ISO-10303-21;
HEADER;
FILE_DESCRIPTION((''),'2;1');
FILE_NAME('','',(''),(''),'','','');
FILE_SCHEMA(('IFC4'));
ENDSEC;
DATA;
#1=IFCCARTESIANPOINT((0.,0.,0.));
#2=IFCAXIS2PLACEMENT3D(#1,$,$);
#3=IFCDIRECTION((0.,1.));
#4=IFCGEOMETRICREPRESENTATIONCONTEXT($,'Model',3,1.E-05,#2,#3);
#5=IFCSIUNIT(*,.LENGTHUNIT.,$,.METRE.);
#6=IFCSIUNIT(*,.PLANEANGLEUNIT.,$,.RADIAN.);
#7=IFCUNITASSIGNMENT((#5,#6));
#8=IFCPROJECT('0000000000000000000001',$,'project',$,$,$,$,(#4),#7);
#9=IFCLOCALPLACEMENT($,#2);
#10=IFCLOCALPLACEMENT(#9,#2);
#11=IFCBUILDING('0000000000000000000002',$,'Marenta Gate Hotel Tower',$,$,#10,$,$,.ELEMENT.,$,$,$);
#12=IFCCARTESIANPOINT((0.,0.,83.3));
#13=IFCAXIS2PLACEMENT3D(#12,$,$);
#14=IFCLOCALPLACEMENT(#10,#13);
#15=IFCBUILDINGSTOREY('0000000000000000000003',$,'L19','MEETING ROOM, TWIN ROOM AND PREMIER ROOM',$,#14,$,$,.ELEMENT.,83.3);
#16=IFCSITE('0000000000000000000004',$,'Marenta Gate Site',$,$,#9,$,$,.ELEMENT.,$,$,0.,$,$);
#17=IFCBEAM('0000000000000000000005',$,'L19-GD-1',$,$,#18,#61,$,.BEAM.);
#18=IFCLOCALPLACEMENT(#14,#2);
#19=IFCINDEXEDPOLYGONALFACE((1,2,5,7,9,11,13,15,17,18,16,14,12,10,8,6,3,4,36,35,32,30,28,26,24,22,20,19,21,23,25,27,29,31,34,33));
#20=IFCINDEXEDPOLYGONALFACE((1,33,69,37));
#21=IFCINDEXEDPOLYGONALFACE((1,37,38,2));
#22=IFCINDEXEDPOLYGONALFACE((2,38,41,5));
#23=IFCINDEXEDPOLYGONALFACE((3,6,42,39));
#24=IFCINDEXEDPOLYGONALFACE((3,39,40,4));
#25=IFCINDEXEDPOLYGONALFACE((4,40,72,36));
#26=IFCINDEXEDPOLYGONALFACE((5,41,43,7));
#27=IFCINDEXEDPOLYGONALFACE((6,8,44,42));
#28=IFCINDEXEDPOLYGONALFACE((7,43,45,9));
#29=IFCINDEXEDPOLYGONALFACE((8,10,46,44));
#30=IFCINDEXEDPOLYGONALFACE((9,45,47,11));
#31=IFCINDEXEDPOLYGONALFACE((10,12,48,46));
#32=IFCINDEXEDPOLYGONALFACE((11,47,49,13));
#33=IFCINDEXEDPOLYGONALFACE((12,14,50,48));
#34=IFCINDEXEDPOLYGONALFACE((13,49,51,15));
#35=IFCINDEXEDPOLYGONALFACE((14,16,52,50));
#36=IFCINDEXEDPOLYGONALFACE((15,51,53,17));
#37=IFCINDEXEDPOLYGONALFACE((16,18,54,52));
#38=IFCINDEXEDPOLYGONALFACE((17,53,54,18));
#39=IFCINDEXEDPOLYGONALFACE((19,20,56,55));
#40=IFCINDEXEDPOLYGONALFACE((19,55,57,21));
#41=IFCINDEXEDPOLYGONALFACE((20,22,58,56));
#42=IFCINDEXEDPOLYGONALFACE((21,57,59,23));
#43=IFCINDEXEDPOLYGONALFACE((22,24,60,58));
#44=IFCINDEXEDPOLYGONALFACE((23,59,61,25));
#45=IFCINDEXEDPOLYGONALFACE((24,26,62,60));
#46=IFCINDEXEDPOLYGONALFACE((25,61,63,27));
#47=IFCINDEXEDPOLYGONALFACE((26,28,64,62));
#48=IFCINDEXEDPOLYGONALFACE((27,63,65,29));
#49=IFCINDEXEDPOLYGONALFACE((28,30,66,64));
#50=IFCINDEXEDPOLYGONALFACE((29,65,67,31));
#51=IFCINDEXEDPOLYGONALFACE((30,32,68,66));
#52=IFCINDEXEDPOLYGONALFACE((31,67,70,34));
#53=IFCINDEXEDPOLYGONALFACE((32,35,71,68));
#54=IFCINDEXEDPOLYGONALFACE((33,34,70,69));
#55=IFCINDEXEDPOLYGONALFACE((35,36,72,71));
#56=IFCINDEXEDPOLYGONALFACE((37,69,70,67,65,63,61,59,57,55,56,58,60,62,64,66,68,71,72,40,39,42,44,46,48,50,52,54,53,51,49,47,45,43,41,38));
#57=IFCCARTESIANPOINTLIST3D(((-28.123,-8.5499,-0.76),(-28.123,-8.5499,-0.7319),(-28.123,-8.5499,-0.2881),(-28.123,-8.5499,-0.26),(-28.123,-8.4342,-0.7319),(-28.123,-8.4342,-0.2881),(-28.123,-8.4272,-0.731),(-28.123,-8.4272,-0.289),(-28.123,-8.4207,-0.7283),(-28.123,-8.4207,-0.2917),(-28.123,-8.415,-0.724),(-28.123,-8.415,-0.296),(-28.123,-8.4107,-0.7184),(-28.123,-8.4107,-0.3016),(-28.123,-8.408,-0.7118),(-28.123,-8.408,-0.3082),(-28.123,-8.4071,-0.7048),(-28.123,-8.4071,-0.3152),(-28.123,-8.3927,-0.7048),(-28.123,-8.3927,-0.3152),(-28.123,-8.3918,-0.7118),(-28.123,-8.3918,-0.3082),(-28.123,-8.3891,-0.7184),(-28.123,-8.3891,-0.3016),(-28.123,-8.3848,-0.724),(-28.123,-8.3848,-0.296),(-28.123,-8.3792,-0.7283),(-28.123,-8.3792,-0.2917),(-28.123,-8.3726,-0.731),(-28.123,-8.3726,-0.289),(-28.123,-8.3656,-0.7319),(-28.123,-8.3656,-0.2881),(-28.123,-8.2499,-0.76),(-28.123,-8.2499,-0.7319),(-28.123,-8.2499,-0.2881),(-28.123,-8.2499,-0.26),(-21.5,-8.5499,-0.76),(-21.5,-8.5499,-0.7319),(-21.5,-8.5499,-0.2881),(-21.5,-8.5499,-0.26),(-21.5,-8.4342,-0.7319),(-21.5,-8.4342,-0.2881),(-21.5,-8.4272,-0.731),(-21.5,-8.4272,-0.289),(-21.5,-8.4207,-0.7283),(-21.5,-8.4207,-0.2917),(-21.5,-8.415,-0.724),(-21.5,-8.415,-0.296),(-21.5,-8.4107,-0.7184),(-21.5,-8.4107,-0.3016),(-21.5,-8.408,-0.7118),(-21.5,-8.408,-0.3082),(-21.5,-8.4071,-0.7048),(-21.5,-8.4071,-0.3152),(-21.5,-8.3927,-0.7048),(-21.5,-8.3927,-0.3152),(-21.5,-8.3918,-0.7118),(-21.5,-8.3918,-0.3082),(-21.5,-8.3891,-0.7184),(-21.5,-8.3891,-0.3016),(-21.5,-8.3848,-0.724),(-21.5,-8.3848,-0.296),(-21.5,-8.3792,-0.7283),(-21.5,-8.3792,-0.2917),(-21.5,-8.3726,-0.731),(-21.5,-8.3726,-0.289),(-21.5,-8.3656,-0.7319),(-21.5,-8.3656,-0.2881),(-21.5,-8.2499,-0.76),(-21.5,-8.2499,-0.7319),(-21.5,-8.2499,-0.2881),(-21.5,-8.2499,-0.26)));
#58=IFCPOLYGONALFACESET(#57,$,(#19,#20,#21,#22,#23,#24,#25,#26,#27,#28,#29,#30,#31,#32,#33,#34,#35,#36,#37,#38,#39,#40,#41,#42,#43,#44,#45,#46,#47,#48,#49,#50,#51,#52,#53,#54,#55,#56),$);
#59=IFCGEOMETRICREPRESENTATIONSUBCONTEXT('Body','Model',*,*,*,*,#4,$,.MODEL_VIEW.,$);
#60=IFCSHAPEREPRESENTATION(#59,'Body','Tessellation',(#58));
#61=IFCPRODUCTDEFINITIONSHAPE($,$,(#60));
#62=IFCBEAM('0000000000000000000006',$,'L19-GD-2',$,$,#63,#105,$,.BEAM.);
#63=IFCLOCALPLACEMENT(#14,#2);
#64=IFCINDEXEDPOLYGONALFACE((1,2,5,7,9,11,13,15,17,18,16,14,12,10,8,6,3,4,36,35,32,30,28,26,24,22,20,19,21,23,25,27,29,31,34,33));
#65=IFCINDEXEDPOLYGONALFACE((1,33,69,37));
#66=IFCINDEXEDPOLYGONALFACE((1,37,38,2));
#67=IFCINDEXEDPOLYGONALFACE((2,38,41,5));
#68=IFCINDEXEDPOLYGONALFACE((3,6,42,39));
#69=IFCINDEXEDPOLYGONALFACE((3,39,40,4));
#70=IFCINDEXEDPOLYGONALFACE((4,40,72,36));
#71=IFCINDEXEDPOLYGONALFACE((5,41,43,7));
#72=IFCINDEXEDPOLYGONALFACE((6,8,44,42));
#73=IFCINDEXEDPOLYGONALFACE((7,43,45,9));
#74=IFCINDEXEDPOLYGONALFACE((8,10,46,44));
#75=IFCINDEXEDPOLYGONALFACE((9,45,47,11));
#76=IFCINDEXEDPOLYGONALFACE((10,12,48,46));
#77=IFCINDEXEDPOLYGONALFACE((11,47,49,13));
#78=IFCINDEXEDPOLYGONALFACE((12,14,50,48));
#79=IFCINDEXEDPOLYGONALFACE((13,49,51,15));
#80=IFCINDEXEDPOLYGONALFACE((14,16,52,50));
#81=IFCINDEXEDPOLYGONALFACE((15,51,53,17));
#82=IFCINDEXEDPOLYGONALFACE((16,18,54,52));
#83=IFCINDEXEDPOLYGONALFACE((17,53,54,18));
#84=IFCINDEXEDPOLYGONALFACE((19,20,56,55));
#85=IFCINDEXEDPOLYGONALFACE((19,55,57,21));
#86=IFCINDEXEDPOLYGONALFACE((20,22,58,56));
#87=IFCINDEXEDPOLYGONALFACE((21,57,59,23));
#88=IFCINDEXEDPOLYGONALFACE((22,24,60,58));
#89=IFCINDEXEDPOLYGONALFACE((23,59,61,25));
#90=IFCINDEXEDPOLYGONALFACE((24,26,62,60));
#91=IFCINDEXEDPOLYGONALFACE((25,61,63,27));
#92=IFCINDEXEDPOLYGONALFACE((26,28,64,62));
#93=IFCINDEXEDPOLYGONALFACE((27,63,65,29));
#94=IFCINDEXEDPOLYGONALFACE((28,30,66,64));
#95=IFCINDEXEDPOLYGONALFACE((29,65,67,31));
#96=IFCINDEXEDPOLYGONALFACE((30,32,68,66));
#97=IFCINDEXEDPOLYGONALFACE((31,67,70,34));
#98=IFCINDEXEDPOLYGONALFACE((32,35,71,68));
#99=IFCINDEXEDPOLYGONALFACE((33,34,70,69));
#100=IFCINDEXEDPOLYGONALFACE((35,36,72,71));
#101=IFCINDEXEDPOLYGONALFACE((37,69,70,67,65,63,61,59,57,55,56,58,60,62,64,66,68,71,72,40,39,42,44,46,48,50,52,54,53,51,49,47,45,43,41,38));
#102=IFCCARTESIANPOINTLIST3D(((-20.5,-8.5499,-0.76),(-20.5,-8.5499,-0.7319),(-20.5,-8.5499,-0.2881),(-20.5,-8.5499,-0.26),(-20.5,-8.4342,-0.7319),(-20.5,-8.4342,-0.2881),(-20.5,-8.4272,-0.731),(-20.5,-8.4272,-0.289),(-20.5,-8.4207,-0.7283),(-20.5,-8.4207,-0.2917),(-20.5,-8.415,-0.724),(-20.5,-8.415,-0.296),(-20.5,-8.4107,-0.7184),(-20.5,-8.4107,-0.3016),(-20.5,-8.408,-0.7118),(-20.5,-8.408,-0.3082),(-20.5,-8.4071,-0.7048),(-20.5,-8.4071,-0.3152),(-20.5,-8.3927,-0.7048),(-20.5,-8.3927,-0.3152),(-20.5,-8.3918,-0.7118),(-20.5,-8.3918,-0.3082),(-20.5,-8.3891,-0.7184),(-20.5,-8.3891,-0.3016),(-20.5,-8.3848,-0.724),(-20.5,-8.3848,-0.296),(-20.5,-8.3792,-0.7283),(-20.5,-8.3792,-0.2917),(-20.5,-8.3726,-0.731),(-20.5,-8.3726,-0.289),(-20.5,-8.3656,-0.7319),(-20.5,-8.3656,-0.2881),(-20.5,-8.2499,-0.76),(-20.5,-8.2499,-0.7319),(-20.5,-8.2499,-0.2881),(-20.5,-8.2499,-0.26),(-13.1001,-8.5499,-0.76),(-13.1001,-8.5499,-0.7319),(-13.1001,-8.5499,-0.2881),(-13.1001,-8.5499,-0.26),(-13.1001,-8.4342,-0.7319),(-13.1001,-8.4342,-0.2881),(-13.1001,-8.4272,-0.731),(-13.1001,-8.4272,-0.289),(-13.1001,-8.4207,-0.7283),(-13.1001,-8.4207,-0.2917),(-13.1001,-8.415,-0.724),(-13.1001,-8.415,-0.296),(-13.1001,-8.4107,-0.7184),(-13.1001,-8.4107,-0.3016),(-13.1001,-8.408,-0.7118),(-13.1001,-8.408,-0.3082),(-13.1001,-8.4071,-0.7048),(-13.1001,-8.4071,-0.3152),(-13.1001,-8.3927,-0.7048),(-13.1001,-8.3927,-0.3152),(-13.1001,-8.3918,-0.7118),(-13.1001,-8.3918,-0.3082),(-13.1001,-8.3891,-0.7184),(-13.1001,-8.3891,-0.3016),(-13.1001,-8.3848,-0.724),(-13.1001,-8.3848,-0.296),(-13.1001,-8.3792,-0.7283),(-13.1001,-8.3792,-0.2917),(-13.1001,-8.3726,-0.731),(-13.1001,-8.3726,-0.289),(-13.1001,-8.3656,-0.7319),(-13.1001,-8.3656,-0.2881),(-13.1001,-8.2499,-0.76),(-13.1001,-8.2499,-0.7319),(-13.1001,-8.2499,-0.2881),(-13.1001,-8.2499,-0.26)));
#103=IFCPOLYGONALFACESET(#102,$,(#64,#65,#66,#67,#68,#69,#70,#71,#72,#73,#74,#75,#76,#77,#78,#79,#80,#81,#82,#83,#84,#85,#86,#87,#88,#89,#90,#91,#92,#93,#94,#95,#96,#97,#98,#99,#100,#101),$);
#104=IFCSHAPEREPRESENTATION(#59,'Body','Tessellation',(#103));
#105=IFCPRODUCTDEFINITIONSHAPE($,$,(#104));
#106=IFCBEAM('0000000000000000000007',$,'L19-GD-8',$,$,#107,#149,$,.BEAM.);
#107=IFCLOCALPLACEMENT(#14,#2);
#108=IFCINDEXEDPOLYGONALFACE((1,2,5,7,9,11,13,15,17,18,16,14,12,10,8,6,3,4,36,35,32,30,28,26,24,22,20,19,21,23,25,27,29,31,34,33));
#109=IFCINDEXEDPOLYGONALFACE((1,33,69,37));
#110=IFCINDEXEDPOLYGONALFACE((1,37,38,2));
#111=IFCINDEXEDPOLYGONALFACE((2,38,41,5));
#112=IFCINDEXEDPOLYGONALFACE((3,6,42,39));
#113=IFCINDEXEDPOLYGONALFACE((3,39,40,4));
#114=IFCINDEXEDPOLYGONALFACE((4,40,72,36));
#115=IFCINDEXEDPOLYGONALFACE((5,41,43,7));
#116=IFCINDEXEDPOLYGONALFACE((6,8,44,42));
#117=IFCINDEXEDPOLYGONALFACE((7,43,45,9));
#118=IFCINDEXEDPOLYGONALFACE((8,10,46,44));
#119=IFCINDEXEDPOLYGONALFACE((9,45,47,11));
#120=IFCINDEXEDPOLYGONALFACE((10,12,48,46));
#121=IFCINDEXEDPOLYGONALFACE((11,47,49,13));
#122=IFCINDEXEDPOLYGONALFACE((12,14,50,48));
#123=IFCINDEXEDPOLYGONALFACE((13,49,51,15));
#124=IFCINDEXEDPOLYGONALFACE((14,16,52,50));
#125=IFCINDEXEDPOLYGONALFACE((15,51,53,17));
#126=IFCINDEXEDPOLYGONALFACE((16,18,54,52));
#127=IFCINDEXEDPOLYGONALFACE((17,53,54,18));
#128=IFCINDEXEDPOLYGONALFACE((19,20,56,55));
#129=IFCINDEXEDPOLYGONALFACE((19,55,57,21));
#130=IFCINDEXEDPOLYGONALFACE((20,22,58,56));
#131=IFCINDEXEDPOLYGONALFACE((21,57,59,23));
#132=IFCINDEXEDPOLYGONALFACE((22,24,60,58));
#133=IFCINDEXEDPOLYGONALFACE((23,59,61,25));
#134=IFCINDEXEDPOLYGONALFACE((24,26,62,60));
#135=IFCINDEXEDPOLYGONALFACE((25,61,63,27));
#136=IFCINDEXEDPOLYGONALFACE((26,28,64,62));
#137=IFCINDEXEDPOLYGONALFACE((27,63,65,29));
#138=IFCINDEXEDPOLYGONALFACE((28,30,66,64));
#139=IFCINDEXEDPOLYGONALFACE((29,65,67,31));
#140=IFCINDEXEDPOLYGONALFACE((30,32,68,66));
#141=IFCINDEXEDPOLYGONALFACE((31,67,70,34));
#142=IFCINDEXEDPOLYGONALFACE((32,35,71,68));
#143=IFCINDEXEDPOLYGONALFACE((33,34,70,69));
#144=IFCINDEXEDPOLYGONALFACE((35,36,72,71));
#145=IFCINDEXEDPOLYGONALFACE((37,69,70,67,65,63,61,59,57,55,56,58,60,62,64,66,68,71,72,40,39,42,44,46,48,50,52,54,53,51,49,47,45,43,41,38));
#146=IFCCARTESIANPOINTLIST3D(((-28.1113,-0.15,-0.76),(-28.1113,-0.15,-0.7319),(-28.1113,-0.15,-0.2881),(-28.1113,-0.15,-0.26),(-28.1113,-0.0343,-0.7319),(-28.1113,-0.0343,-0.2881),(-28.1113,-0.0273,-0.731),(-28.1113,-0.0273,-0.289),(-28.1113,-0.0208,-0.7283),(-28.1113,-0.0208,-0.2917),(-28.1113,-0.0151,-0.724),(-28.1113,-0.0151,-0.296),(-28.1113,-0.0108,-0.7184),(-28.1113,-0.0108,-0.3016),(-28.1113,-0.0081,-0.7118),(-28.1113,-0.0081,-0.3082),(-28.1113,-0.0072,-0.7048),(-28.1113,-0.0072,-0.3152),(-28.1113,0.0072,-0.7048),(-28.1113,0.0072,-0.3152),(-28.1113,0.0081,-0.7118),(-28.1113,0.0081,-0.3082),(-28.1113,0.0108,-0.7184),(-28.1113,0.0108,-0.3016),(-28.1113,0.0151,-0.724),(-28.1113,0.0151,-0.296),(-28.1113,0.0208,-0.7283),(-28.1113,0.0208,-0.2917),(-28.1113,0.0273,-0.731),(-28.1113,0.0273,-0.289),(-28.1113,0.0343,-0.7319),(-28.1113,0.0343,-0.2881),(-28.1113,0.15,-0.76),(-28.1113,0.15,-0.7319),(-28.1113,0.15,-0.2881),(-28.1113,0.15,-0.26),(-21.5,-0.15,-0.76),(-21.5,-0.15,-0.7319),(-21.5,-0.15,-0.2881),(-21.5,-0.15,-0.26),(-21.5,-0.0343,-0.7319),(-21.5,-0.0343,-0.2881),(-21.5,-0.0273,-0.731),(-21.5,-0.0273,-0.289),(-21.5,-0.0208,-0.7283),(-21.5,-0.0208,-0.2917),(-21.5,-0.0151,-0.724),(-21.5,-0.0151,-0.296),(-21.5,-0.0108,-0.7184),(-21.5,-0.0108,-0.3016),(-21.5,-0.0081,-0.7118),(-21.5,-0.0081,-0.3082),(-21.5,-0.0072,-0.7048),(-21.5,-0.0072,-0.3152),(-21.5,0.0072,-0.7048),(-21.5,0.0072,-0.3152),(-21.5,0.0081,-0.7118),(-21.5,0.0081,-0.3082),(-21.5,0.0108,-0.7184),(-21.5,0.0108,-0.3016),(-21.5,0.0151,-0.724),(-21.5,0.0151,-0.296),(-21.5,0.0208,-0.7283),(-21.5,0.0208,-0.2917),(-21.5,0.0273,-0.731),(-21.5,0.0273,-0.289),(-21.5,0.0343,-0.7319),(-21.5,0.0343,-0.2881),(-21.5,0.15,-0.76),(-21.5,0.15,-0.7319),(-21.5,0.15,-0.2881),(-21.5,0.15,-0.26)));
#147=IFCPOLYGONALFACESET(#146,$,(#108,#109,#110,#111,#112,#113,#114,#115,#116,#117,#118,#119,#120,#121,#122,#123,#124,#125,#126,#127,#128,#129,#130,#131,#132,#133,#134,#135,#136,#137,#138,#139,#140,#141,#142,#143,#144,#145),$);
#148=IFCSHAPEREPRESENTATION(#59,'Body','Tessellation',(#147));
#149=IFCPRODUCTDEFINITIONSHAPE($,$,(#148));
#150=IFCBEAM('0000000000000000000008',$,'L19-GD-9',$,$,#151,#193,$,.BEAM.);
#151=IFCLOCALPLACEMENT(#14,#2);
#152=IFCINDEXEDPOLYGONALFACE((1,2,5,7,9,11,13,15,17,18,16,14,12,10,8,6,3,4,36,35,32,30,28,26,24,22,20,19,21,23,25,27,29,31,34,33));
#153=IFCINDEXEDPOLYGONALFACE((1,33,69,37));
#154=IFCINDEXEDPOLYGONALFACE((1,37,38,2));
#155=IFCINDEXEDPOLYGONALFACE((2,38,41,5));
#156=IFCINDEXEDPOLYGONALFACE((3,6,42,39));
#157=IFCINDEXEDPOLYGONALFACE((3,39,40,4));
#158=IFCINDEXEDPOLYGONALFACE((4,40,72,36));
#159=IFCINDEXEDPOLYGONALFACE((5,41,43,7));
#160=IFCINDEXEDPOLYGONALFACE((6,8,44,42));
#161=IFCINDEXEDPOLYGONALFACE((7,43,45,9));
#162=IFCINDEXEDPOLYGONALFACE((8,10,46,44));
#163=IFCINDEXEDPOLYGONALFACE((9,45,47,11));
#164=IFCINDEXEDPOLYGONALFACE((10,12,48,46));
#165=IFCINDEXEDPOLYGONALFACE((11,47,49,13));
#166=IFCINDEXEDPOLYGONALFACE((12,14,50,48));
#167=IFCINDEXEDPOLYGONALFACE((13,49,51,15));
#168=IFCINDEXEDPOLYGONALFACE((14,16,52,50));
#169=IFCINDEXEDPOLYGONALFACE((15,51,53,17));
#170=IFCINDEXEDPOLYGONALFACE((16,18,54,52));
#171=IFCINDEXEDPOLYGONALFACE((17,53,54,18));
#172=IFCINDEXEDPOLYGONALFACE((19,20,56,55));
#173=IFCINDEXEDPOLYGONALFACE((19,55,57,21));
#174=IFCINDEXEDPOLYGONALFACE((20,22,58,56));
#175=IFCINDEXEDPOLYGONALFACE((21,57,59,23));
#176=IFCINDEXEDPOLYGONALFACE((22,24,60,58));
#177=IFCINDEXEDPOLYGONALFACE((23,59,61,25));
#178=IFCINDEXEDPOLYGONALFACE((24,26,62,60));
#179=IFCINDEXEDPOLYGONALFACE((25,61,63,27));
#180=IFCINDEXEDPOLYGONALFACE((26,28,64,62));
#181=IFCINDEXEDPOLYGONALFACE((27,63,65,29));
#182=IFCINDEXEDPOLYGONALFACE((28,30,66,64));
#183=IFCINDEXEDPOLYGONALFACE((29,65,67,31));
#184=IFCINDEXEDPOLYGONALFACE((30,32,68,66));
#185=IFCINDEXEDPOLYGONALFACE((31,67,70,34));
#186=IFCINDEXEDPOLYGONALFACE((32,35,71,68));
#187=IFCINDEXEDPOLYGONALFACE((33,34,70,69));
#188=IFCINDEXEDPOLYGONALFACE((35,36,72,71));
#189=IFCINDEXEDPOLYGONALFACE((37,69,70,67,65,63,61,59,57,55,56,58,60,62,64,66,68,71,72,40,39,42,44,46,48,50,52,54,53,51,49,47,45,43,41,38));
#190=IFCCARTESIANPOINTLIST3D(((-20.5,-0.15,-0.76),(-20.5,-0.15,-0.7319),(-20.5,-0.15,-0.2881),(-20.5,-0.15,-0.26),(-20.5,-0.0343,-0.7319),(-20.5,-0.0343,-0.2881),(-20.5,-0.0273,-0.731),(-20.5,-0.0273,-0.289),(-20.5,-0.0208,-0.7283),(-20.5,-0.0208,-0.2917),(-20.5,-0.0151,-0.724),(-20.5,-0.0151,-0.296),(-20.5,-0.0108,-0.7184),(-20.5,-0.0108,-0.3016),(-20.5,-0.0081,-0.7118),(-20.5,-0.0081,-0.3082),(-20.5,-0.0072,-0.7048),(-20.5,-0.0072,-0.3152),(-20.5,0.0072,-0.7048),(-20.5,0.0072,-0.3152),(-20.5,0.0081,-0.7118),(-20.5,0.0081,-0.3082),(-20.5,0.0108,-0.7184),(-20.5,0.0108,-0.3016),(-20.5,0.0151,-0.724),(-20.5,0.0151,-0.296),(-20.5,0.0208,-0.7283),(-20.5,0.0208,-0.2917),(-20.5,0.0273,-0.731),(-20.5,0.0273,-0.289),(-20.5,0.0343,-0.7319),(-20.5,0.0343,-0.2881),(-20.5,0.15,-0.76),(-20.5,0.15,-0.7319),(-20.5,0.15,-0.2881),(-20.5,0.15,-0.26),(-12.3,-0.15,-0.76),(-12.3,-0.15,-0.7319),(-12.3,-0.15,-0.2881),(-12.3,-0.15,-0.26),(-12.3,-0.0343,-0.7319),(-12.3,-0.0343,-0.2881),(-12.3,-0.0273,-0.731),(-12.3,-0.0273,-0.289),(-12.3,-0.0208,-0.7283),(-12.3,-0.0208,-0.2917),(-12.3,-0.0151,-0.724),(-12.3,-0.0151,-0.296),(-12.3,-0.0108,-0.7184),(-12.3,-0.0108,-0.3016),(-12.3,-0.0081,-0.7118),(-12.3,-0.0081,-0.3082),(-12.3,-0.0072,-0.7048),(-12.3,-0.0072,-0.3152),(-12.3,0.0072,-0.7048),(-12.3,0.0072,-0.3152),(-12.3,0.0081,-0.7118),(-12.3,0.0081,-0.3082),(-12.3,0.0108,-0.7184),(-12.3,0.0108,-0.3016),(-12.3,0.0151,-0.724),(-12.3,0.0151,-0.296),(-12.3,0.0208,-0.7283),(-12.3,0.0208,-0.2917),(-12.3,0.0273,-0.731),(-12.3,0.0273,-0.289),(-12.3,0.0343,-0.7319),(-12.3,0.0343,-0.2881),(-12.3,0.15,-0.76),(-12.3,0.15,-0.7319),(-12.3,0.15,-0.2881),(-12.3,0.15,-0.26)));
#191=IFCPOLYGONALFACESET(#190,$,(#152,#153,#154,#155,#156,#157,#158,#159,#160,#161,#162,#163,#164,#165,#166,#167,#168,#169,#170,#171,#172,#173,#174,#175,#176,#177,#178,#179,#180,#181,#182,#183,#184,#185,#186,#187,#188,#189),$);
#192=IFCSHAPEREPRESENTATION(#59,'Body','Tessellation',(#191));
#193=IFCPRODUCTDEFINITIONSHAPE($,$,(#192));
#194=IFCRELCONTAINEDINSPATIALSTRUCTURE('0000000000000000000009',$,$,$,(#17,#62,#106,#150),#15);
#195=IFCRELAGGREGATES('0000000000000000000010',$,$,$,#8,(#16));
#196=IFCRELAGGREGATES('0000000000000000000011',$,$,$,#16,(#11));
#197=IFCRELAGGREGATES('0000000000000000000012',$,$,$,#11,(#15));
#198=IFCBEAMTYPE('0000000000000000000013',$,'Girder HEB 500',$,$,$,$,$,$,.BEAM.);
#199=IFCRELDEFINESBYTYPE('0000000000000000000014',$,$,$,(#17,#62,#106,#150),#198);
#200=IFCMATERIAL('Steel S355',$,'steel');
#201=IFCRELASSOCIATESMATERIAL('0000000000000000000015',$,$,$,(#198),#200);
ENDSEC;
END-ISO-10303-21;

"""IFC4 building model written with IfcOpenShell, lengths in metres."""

from ifc_helpers import new_model, si_unit, direction, frame, origin, origin_2d, place, context, subcontext, project, spatial, i_section, extrude, material, material_profile, profile_set, type_object, element, save


model = new_model("IFC4")

# Units and contexts
model_context = context("Model", 3, precision=1e-05, world=origin(), true_north=direction((0.0, 1.0)))
body_context = subcontext(model_context, "Body", "Model", "MODEL_VIEW")
ifc_project = project(units=[si_unit("LENGTHUNIT", "METRE"), si_unit("PLANEANGLEUNIT", "RADIAN")], contexts=[model_context])

# Site, building, storey
site_placement = place(None, origin())
site = spatial("IfcSite", under=ifc_project, at=site_placement, Name="Marenta Gate Site", CompositionType="ELEMENT", RefElevation=0.0)
building_placement = place(site_placement, origin())
building = spatial("IfcBuilding", under=site, at=building_placement, Name="Marenta Gate Hotel Tower", CompositionType="ELEMENT")
storey_placement = place(building_placement, frame((0.0, 0.0, 83.3)))
storey = spatial("IfcBuildingStorey", under=building, at=storey_placement, Name="L19", Description="MEETING ROOM, TWIN ROOM AND PREMIER ROOM", CompositionType="ELEMENT", Elevation=83.3)

# Beams
ifc_material_1 = material(Name="Steel S355", Category="steel")
ifc_material_profile_1 = material_profile(ifc_material_1, i_section(OverallWidth=0.3, OverallDepth=0.5, WebThickness=0.0144, FlangeThickness=0.0281, FilletRadius=0.0271, at=origin_2d()), Name="HEB 500")
ifc_profile_set_1 = profile_set([ifc_material_profile_1], Name="Steel S355")
beam_type_1 = type_object("IfcBeamType", Name="Girder HEB 500", PredefinedType="BEAM", material=ifc_profile_set_1)
beam_1_placement = place(storey_placement, frame((-28.123, -8.3999, -0.51), z_axis=(1.0, 0.0, 0.0), x_axis=(0.0, 1.0, 0.0)))
element("IfcBeam", 1, at=beam_1_placement, inside=storey, type_object=beam_type_1, Name="L19-GD-1", PredefinedType="BEAM", context=body_context, shape_type="SweptSolid", body=[
    extrude(i_section(OverallWidth=0.3, OverallDepth=0.5, WebThickness=0.0144, FlangeThickness=0.0281, FilletRadius=0.0271, at=origin_2d()), origin(), (0.0, 0.0, 1.0), 6.623),
])
beam_2_placement = place(storey_placement, frame((-20.5, -8.3999, -0.51), z_axis=(1.0, 0.0, 0.0), x_axis=(0.0, 1.0, 0.0)))
element("IfcBeam", 2, at=beam_2_placement, inside=storey, type_object=beam_type_1, Name="L19-GD-2", PredefinedType="BEAM", context=body_context, shape_type="SweptSolid", body=[
    extrude(i_section(OverallWidth=0.3, OverallDepth=0.5, WebThickness=0.0144, FlangeThickness=0.0281, FilletRadius=0.0271, at=origin_2d()), origin(), (0.0, 0.0, 1.0), 7.3999),
])
beam_3_placement = place(storey_placement, frame((-28.1113, 0.0, -0.51), z_axis=(1.0, 0.0, 0.0), x_axis=(0.0, 1.0, 0.0)))
element("IfcBeam", 3, at=beam_3_placement, inside=storey, type_object=beam_type_1, Name="L19-GD-8", PredefinedType="BEAM", context=body_context, shape_type="SweptSolid", body=[
    extrude(i_section(OverallWidth=0.3, OverallDepth=0.5, WebThickness=0.0144, FlangeThickness=0.0281, FilletRadius=0.0271, at=origin_2d()), origin(), (0.0, 0.0, 1.0), 6.6113),
])
beam_4_placement = place(storey_placement, frame((-20.5, 0.0, -0.51), z_axis=(1.0, 0.0, 0.0), x_axis=(0.0, 1.0, 0.0)))
element("IfcBeam", 4, at=beam_4_placement, inside=storey, type_object=beam_type_1, Name="L19-GD-9", PredefinedType="BEAM", context=body_context, shape_type="SweptSolid", body=[
    extrude(i_section(OverallWidth=0.3, OverallDepth=0.5, WebThickness=0.0144, FlangeThickness=0.0281, FilletRadius=0.0271, at=origin_2d()), origin(), (0.0, 0.0, 1.0), 8.2),
])

save(model, "model.ifc")
